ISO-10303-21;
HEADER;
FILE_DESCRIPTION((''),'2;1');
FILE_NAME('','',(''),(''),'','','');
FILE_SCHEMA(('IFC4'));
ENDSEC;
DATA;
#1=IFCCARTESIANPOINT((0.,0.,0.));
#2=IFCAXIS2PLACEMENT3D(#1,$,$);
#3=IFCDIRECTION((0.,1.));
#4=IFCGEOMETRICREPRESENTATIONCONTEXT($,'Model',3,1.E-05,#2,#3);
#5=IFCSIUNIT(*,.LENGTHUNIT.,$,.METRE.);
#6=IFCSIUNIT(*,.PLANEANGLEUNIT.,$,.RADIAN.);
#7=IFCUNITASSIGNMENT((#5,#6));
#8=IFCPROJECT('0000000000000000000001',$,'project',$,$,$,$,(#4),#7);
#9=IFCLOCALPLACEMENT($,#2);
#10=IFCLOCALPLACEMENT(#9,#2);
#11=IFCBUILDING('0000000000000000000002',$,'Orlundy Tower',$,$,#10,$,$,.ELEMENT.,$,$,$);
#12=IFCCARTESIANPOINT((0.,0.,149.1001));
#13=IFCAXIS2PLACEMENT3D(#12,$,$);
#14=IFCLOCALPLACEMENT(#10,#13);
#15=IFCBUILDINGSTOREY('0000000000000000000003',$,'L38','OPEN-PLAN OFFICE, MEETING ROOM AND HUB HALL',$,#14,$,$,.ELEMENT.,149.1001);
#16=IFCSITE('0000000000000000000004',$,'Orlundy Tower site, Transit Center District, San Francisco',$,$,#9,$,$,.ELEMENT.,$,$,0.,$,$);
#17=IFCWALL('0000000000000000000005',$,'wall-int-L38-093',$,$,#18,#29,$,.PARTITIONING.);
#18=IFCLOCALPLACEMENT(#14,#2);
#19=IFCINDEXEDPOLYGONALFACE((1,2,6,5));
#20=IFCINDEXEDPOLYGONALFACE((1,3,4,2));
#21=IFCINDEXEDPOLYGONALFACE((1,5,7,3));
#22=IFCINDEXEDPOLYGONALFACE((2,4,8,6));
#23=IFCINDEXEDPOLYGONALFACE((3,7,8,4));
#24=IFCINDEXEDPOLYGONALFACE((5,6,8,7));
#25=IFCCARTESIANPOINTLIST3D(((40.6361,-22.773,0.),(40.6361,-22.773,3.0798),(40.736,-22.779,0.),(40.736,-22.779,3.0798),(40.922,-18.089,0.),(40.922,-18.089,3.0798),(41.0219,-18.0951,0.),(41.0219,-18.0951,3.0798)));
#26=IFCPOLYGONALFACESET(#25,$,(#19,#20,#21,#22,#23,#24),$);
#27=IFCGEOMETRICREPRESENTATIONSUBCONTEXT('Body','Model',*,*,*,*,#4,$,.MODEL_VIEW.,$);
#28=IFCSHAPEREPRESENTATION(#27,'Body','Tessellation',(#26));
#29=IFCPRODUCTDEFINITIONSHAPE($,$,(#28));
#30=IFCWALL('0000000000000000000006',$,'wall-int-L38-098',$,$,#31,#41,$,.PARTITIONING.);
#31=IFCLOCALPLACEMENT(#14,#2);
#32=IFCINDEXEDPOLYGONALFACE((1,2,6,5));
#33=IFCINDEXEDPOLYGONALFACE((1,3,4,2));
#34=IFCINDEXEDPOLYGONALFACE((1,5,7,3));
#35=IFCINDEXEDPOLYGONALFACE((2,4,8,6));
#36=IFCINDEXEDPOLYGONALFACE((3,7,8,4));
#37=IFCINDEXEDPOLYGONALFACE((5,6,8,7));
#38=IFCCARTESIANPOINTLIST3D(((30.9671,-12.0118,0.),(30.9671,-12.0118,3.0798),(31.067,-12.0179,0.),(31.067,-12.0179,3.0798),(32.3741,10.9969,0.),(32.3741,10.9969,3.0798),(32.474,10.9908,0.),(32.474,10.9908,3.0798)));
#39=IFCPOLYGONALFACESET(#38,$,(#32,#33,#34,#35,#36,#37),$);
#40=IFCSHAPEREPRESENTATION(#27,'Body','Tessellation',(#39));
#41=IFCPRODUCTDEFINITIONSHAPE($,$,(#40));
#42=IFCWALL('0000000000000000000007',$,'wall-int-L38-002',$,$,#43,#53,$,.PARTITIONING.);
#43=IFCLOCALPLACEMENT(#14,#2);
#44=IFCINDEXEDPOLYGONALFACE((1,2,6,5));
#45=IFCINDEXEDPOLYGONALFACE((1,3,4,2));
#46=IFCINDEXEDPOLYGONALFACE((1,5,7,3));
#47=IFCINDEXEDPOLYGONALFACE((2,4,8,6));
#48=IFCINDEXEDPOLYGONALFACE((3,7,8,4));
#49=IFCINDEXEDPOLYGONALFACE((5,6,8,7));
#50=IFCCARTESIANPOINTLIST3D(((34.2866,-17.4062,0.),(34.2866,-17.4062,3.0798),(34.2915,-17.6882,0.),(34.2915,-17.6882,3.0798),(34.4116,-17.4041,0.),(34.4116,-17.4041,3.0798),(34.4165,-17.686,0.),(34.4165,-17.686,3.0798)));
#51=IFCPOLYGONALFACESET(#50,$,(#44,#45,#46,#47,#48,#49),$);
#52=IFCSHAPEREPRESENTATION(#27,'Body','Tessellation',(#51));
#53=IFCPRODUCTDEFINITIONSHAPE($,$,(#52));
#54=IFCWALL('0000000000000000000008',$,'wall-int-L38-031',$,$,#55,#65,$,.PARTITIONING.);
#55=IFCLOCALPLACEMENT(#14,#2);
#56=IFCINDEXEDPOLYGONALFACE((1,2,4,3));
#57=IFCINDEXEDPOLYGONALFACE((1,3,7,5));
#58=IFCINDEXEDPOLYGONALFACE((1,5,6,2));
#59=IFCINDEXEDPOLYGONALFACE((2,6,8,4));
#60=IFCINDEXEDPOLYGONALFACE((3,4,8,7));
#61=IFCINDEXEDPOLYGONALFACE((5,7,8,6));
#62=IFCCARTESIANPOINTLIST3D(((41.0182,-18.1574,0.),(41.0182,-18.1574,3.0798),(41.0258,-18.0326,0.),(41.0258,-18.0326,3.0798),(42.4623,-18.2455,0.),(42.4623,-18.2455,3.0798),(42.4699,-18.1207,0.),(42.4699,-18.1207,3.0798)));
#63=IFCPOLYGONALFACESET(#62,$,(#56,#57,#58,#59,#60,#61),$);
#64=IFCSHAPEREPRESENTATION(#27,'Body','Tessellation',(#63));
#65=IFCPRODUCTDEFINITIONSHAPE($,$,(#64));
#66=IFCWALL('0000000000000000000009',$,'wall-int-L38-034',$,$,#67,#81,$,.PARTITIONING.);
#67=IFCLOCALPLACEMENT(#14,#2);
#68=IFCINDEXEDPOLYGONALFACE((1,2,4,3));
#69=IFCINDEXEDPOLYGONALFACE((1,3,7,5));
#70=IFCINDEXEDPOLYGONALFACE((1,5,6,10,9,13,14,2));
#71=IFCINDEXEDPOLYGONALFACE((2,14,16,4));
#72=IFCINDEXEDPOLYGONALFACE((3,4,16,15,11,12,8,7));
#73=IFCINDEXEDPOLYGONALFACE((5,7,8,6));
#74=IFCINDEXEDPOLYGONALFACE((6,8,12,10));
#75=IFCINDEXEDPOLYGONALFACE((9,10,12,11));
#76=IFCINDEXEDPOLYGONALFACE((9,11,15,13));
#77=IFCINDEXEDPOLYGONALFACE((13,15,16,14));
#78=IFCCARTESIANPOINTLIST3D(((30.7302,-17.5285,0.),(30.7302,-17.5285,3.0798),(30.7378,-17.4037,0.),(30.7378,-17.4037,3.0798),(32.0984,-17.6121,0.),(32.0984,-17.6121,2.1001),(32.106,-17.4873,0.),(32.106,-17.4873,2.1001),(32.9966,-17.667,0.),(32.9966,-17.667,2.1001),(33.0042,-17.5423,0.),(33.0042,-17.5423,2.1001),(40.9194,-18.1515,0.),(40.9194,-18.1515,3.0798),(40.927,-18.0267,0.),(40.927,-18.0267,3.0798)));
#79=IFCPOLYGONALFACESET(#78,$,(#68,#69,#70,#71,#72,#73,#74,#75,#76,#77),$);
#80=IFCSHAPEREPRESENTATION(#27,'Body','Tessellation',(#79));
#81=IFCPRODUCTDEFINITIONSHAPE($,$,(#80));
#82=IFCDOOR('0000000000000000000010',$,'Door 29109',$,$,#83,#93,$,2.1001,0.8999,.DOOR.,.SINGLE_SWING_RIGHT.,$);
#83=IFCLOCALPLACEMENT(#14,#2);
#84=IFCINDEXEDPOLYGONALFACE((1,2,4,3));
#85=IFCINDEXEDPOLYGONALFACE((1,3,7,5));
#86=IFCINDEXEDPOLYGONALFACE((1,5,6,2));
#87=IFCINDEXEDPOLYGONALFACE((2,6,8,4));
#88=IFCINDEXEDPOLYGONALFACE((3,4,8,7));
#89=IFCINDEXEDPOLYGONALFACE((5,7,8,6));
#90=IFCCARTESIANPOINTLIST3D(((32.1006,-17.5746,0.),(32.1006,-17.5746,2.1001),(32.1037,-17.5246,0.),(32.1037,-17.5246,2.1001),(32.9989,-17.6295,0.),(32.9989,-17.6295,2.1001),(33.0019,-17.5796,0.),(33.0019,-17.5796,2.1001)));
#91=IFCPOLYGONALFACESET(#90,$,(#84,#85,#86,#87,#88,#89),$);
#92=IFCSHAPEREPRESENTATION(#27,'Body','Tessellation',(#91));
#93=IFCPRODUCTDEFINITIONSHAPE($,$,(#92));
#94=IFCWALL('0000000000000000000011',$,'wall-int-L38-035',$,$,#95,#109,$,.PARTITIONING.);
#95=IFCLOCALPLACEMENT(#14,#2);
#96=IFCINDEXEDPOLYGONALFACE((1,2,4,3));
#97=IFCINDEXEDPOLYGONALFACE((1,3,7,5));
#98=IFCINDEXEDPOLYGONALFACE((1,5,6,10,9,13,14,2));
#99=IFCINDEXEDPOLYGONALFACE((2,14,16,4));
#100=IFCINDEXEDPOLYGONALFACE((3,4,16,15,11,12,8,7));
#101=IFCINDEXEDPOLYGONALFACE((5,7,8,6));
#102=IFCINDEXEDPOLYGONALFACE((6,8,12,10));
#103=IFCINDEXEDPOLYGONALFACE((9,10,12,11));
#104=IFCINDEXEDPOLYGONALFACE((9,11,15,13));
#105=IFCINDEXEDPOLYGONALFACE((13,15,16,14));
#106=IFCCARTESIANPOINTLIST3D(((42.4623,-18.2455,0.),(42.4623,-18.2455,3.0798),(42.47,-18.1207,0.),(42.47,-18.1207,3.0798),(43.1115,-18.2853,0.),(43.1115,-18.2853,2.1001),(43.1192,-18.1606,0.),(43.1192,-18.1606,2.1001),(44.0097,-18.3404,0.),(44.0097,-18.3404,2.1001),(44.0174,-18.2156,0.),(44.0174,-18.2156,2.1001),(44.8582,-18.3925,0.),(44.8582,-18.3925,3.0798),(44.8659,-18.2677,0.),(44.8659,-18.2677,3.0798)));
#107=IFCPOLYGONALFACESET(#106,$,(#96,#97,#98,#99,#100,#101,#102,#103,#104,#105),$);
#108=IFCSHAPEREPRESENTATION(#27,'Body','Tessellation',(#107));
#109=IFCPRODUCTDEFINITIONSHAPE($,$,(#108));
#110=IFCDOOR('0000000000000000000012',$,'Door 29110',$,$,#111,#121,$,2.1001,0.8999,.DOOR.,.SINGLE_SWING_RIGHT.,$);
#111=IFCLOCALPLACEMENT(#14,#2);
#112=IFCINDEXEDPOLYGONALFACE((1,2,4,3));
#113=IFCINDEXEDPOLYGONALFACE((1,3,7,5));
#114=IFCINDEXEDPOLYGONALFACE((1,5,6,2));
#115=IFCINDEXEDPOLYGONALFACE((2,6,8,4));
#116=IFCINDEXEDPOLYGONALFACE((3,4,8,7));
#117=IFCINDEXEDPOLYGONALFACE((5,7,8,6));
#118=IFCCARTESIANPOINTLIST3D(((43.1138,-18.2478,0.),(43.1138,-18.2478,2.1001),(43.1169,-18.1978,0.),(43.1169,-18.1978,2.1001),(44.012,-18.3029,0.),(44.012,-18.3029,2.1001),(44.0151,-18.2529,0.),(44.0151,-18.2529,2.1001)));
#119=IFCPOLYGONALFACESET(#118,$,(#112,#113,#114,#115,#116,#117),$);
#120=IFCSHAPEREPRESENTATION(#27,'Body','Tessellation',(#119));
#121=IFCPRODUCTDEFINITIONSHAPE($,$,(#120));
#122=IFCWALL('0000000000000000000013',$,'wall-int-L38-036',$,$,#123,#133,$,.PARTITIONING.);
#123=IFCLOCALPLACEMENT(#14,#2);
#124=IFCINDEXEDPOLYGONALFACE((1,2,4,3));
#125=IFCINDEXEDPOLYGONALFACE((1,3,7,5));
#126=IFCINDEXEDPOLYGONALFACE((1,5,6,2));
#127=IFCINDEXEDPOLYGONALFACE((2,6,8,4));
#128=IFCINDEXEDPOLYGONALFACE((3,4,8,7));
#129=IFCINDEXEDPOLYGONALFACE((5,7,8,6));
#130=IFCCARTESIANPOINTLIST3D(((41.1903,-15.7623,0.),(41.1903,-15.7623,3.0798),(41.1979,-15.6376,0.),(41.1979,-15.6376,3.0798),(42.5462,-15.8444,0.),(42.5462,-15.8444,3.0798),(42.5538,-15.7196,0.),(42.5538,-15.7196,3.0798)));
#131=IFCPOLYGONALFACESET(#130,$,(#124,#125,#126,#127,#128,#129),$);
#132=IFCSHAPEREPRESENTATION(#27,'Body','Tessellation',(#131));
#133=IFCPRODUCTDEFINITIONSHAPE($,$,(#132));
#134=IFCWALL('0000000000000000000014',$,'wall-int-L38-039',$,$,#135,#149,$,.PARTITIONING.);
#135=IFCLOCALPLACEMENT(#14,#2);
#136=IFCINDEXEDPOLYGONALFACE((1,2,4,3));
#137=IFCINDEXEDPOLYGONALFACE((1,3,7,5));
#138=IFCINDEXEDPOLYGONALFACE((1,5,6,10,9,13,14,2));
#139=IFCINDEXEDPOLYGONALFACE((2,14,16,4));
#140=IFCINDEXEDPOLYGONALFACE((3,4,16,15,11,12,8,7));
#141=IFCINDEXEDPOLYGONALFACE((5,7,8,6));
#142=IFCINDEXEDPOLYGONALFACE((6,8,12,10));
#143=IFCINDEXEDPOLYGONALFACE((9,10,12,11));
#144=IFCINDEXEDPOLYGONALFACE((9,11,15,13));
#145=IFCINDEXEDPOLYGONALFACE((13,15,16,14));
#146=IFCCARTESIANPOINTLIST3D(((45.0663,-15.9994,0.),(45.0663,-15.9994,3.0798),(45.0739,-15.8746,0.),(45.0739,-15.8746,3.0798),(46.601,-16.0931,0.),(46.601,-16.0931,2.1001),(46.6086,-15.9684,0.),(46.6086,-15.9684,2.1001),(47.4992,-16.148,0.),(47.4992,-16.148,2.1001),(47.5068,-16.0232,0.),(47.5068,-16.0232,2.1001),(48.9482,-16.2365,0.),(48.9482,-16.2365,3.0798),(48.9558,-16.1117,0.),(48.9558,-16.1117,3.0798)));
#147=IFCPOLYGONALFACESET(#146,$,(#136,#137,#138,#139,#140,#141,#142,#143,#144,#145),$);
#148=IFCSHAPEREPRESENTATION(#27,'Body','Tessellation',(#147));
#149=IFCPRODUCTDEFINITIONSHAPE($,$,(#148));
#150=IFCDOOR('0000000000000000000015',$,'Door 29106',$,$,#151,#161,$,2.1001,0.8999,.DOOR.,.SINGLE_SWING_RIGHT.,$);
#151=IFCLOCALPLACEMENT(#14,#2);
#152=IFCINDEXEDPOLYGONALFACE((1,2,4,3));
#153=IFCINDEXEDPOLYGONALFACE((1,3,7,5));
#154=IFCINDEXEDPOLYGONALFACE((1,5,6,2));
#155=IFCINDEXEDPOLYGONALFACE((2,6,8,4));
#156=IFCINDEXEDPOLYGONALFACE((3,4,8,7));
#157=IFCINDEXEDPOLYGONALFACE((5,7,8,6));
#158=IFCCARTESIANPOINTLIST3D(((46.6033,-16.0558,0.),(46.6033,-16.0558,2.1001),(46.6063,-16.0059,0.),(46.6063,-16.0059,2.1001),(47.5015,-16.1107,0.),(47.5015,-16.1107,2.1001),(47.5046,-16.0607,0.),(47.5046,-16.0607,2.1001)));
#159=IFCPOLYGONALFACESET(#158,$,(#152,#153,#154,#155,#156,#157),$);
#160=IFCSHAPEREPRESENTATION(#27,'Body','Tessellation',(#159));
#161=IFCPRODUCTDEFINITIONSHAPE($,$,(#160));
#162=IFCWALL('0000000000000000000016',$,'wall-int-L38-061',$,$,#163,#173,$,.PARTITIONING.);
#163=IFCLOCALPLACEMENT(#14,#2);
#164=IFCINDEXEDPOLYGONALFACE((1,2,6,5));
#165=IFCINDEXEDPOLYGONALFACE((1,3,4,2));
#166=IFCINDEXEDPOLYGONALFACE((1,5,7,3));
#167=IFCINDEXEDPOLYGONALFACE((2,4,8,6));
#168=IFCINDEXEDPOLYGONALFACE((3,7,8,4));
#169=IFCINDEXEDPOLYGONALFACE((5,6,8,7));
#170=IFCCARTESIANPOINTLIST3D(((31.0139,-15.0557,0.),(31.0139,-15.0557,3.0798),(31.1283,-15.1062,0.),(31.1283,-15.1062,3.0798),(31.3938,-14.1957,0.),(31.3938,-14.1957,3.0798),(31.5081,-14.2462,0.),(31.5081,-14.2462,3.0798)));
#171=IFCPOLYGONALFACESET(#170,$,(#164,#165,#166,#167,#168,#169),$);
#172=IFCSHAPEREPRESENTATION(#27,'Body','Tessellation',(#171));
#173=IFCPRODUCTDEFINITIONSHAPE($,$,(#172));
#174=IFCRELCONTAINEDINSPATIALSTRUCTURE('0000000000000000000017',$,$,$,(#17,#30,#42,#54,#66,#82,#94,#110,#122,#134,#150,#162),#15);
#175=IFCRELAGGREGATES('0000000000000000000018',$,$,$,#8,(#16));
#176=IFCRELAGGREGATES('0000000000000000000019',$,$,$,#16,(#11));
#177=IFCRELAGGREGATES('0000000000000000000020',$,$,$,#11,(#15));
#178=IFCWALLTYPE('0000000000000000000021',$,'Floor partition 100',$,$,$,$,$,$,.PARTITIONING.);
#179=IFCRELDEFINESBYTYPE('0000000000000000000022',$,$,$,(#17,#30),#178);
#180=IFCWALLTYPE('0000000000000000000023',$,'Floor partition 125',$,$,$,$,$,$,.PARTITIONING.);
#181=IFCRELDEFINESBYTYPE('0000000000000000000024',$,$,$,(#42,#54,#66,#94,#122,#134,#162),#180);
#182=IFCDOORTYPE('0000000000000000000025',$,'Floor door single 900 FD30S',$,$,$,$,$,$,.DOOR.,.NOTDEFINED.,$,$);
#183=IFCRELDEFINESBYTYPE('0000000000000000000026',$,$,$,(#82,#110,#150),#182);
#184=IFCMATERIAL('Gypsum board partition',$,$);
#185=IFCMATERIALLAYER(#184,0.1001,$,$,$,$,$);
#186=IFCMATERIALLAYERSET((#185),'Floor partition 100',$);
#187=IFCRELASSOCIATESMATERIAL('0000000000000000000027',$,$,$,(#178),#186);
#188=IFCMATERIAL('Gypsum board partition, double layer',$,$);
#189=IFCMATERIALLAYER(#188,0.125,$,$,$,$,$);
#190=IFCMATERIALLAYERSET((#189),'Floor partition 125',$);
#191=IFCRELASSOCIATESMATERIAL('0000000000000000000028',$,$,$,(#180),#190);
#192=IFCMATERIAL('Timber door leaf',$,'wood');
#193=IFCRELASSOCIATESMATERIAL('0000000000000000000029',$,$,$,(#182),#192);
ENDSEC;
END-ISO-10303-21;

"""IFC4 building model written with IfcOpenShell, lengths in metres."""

from ifc_helpers import new_model, si_unit, direction, frame, frame_2d, origin, place, context, subcontext, project, spatial, rectangle, extrude, material, layer, layer_set, type_object, element, fill, save


model = new_model("IFC4")

# Units and contexts
model_context = context("Model", 3, precision=1e-05, world=origin(), true_north=direction((0.0, 1.0)))
body_context = subcontext(model_context, "Body", "Model", "MODEL_VIEW")
ifc_project = project(units=[si_unit("LENGTHUNIT", "METRE"), si_unit("PLANEANGLEUNIT", "RADIAN")], contexts=[model_context])

# Site, building, storey
site_placement = place(None, origin())
site = spatial("IfcSite", under=ifc_project, at=site_placement, Name="Orlundy Tower site, Transit Center District, San Francisco", CompositionType="ELEMENT", RefElevation=0.0)
building_placement = place(site_placement, origin())
building = spatial("IfcBuilding", under=site, at=building_placement, Name="Orlundy Tower", CompositionType="ELEMENT")
storey_placement = place(building_placement, frame((0.0, 0.0, 149.1001)))
storey = spatial("IfcBuildingStorey", under=building, at=storey_placement, Name="L38", Description="OPEN-PLAN OFFICE, MEETING ROOM AND HUB HALL", CompositionType="ELEMENT", Elevation=149.1001)

# Walls
ifc_material_1 = material(Name="Gypsum board partition")
ifc_layer_1 = layer(ifc_material_1, 0.1001)
ifc_layer_set_1 = layer_set([ifc_layer_1], Name="Floor partition 100")
wall_type_1 = type_object("IfcWallType", Name="Floor partition 100", PredefinedType="PARTITIONING", material=ifc_layer_set_1)
wall_1_placement = place(storey_placement, frame((40.686, -22.7759, 0.0), z_axis=(0.0, 0.0, 1.0), x_axis=(0.060924, 0.998142, 0.0)))
element("IfcWall", 1, at=wall_1_placement, inside=storey, type_object=wall_type_1, Name="wall-int-L38-093", PredefinedType="PARTITIONING", context=body_context, shape_type="SweptSolid", body=[
    extrude(rectangle(XDim=4.6926, YDim=0.1001, at=frame_2d((2.3462, 0.0))), origin(), (0.0, 0.0, 1.0), 3.0798),
])
wall_2_placement = place(storey_placement, frame((31.0171, -12.0149, 0.0), z_axis=(0.0, 0.0, 1.0), x_axis=(0.061036, 0.998136, 0.0)))
element("IfcWall", 2, at=wall_2_placement, inside=storey, type_object=wall_type_1, Name="wall-int-L38-098", PredefinedType="PARTITIONING", context=body_context, shape_type="SweptSolid", body=[
    extrude(rectangle(XDim=23.0518, YDim=0.1001, at=frame_2d((11.5259, 0.0))), origin(), (0.0, 0.0, 1.0), 3.0798),
])
ifc_material_2 = material(Name="Gypsum board partition, double layer")
ifc_layer_2 = layer(ifc_material_2, 0.125)
ifc_layer_set_2 = layer_set([ifc_layer_2], Name="Floor partition 125")
wall_type_2 = type_object("IfcWallType", Name="Floor partition 125", PredefinedType="PARTITIONING", material=ifc_layer_set_2)
wall_3_placement = place(storey_placement, frame((34.3491, -17.405, 0.0), z_axis=(0.0, 0.0, 1.0), x_axis=(0.017313, -0.99985, 0.0)))
element("IfcWall", 3, at=wall_3_placement, inside=storey, type_object=wall_type_2, Name="wall-int-L38-002", PredefinedType="PARTITIONING", context=body_context, shape_type="SweptSolid", body=[
    extrude(rectangle(XDim=0.282, YDim=0.125, at=frame_2d((0.1411, 0.0))), origin(), (0.0, 0.0, 1.0), 3.0798),
])
wall_4_placement = place(storey_placement, frame((41.022, -18.095, 0.0), z_axis=(0.0, 0.0, 1.0), x_axis=(0.998143, -0.060918, 0.0)))
element("IfcWall", 4, at=wall_4_placement, inside=storey, type_object=wall_type_2, Name="wall-int-L38-031", PredefinedType="PARTITIONING", context=body_context, shape_type="SweptSolid", body=[
    extrude(rectangle(XDim=1.4468, YDim=0.125, at=frame_2d((0.7234, 0.0))), origin(), (0.0, 0.0, 1.0), 3.0798),
])

# Walls, openings, doors
wall_5_placement = place(storey_placement, frame((40.9231, -18.0891, 0.0), z_axis=(0.0, 0.0, 1.0), x_axis=(-0.998136, 0.061034, 0.0)))
wall_5 = element("IfcWall", 5, at=wall_5_placement, inside=storey, type_object=wall_type_2, Name="wall-int-L38-034", PredefinedType="PARTITIONING", context=body_context, shape_type="SweptSolid", body=[
    extrude(rectangle(XDim=10.2083, YDim=0.125, at=frame_2d((5.104, 0.0))), origin(), (0.0, 0.0, 1.0), 3.0798),
])
opening_1_placement = place(wall_5_placement, frame((7.9375, 0.0, 0.0)))
opening_1 = element("IfcOpeningElement", 6, at=opening_1_placement, cuts=wall_5, PredefinedType="OPENING", context=body_context, shape_type="SweptSolid", body=[
    extrude(rectangle(XDim=0.8999, YDim=2.1001, at=frame_2d((0.45, 1.05))), frame((0.0, 0.0725, 0.0), z_axis=(0.0, -1.0, 0.0), x_axis=(1.0, 0.0, 0.0)), (0.0, 0.0, 1.0), 0.145),
])
ifc_material_3 = material(Name="Timber door leaf", Category="wood")
door_type_1 = type_object("IfcDoorType", Name="Floor door single 900 FD30S", OperationType="NOTDEFINED", PredefinedType="DOOR", material=ifc_material_3)
door_1_placement = place(opening_1_placement, origin())
door_1 = element("IfcDoor", 7, at=door_1_placement, inside=storey, type_object=door_type_1, Name="Door 29109", OperationType="SINGLE_SWING_RIGHT", OverallHeight=2.1001, OverallWidth=0.8999, PredefinedType="DOOR", context=body_context, shape_type="SweptSolid", body=[
    extrude(rectangle(XDim=0.8999, YDim=2.1001, at=frame_2d((0.45, 1.05))), frame((0.0, 0.0249, 0.0), z_axis=(0.0, -1.0, 0.0), x_axis=(1.0, 0.0, 0.0)), (0.0, 0.0, 1.0), 0.05),
])
fill(opening_1, door_1)
wall_6_placement = place(storey_placement, frame((44.8621, -18.3301, 0.0), z_axis=(0.0, 0.0, 1.0), x_axis=(-0.998124, 0.061226, 0.0)))
wall_6 = element("IfcWall", 8, at=wall_6_placement, inside=storey, type_object=wall_type_2, Name="wall-int-L38-035", PredefinedType="PARTITIONING", context=body_context, shape_type="SweptSolid", body=[
    extrude(rectangle(XDim=2.4004, YDim=0.125, at=frame_2d((1.2002, 0.0))), origin(), (0.0, 0.0, 1.0), 3.0798),
])
opening_2_placement = place(wall_6_placement, frame((0.8501, 0.0, 0.0)))
opening_2 = element("IfcOpeningElement", 9, at=opening_2_placement, cuts=wall_6, PredefinedType="OPENING", context=body_context, shape_type="SweptSolid", body=[
    extrude(rectangle(XDim=0.8999, YDim=2.1001, at=frame_2d((0.45, 1.05))), frame((0.0, 0.0725, 0.0), z_axis=(0.0, -1.0, 0.0), x_axis=(1.0, 0.0, 0.0)), (0.0, 0.0, 1.0), 0.145),
])
door_2_placement = place(opening_2_placement, origin())
door_2 = element("IfcDoor", 10, at=door_2_placement, inside=storey, type_object=door_type_1, Name="Door 29110", OperationType="SINGLE_SWING_RIGHT", OverallHeight=2.1001, OverallWidth=0.8999, PredefinedType="DOOR", context=body_context, shape_type="SweptSolid", body=[
    extrude(rectangle(XDim=0.8999, YDim=2.1001, at=frame_2d((0.45, 1.05))), frame((0.0, 0.0249, 0.0), z_axis=(0.0, -1.0, 0.0), x_axis=(1.0, 0.0, 0.0)), (0.0, 0.0, 1.0), 0.05),
])
fill(opening_2, door_2)

# Wall
wall_7_placement = place(storey_placement, frame((41.1941, -15.7, 0.0), z_axis=(0.0, 0.0, 1.0), x_axis=(0.998175, -0.060387, 0.0)))
element("IfcWall", 11, at=wall_7_placement, inside=storey, type_object=wall_type_2, Name="wall-int-L38-036", PredefinedType="PARTITIONING", context=body_context, shape_type="SweptSolid", body=[
    extrude(rectangle(XDim=1.3584, YDim=0.125, at=frame_2d((0.6792, 0.0))), origin(), (0.0, 0.0, 1.0), 3.0798),
])

# Wall, opening, door
wall_8_placement = place(storey_placement, frame((45.0701, -15.937, 0.0), z_axis=(0.0, 0.0, 1.0), x_axis=(0.99814, -0.060956, 0.0)))
wall_8 = element("IfcWall", 12, at=wall_8_placement, inside=storey, type_object=wall_type_2, Name="wall-int-L38-039", PredefinedType="PARTITIONING", context=body_context, shape_type="SweptSolid", body=[
    extrude(rectangle(XDim=3.8892, YDim=0.125, at=frame_2d((1.9446, 0.0))), origin(), (0.0, 0.0, 1.0), 3.0798),
])
opening_3_placement = place(wall_8_placement, frame((1.5376, 0.0, 0.0)))
opening_3 = element("IfcOpeningElement", 13, at=opening_3_placement, cuts=wall_8, PredefinedType="OPENING", context=body_context, shape_type="SweptSolid", body=[
    extrude(rectangle(XDim=0.8999, YDim=2.1001, at=frame_2d((0.45, 1.05))), frame((0.0, 0.0725, 0.0), z_axis=(0.0, -1.0, 0.0), x_axis=(1.0, 0.0, 0.0)), (0.0, 0.0, 1.0), 0.145),
])
door_3_placement = place(opening_3_placement, origin())
door_3 = element("IfcDoor", 14, at=door_3_placement, inside=storey, type_object=door_type_1, Name="Door 29106", OperationType="SINGLE_SWING_RIGHT", OverallHeight=2.1001, OverallWidth=0.8999, PredefinedType="DOOR", context=body_context, shape_type="SweptSolid", body=[
    extrude(rectangle(XDim=0.8999, YDim=2.1001, at=frame_2d((0.45, 1.05))), frame((0.0, 0.0249, 0.0), z_axis=(0.0, -1.0, 0.0), x_axis=(1.0, 0.0, 0.0)), (0.0, 0.0, 1.0), 0.05),
])
fill(opening_3, door_3)

# Wall
wall_9_placement = place(storey_placement, frame((31.071, -15.0811, 0.0), z_axis=(0.0, 0.0, 1.0), x_axis=(0.404017, 0.914751, 0.0)))
element("IfcWall", 15, at=wall_9_placement, inside=storey, type_object=wall_type_2, Name="wall-int-L38-061", PredefinedType="PARTITIONING", context=body_context, shape_type="SweptSolid", body=[
    extrude(rectangle(XDim=0.9402, YDim=0.125, at=frame_2d((0.4702, 0.0))), origin(), (0.0, 0.0, 1.0), 3.0798),
])

save(model, "model.ifc")
